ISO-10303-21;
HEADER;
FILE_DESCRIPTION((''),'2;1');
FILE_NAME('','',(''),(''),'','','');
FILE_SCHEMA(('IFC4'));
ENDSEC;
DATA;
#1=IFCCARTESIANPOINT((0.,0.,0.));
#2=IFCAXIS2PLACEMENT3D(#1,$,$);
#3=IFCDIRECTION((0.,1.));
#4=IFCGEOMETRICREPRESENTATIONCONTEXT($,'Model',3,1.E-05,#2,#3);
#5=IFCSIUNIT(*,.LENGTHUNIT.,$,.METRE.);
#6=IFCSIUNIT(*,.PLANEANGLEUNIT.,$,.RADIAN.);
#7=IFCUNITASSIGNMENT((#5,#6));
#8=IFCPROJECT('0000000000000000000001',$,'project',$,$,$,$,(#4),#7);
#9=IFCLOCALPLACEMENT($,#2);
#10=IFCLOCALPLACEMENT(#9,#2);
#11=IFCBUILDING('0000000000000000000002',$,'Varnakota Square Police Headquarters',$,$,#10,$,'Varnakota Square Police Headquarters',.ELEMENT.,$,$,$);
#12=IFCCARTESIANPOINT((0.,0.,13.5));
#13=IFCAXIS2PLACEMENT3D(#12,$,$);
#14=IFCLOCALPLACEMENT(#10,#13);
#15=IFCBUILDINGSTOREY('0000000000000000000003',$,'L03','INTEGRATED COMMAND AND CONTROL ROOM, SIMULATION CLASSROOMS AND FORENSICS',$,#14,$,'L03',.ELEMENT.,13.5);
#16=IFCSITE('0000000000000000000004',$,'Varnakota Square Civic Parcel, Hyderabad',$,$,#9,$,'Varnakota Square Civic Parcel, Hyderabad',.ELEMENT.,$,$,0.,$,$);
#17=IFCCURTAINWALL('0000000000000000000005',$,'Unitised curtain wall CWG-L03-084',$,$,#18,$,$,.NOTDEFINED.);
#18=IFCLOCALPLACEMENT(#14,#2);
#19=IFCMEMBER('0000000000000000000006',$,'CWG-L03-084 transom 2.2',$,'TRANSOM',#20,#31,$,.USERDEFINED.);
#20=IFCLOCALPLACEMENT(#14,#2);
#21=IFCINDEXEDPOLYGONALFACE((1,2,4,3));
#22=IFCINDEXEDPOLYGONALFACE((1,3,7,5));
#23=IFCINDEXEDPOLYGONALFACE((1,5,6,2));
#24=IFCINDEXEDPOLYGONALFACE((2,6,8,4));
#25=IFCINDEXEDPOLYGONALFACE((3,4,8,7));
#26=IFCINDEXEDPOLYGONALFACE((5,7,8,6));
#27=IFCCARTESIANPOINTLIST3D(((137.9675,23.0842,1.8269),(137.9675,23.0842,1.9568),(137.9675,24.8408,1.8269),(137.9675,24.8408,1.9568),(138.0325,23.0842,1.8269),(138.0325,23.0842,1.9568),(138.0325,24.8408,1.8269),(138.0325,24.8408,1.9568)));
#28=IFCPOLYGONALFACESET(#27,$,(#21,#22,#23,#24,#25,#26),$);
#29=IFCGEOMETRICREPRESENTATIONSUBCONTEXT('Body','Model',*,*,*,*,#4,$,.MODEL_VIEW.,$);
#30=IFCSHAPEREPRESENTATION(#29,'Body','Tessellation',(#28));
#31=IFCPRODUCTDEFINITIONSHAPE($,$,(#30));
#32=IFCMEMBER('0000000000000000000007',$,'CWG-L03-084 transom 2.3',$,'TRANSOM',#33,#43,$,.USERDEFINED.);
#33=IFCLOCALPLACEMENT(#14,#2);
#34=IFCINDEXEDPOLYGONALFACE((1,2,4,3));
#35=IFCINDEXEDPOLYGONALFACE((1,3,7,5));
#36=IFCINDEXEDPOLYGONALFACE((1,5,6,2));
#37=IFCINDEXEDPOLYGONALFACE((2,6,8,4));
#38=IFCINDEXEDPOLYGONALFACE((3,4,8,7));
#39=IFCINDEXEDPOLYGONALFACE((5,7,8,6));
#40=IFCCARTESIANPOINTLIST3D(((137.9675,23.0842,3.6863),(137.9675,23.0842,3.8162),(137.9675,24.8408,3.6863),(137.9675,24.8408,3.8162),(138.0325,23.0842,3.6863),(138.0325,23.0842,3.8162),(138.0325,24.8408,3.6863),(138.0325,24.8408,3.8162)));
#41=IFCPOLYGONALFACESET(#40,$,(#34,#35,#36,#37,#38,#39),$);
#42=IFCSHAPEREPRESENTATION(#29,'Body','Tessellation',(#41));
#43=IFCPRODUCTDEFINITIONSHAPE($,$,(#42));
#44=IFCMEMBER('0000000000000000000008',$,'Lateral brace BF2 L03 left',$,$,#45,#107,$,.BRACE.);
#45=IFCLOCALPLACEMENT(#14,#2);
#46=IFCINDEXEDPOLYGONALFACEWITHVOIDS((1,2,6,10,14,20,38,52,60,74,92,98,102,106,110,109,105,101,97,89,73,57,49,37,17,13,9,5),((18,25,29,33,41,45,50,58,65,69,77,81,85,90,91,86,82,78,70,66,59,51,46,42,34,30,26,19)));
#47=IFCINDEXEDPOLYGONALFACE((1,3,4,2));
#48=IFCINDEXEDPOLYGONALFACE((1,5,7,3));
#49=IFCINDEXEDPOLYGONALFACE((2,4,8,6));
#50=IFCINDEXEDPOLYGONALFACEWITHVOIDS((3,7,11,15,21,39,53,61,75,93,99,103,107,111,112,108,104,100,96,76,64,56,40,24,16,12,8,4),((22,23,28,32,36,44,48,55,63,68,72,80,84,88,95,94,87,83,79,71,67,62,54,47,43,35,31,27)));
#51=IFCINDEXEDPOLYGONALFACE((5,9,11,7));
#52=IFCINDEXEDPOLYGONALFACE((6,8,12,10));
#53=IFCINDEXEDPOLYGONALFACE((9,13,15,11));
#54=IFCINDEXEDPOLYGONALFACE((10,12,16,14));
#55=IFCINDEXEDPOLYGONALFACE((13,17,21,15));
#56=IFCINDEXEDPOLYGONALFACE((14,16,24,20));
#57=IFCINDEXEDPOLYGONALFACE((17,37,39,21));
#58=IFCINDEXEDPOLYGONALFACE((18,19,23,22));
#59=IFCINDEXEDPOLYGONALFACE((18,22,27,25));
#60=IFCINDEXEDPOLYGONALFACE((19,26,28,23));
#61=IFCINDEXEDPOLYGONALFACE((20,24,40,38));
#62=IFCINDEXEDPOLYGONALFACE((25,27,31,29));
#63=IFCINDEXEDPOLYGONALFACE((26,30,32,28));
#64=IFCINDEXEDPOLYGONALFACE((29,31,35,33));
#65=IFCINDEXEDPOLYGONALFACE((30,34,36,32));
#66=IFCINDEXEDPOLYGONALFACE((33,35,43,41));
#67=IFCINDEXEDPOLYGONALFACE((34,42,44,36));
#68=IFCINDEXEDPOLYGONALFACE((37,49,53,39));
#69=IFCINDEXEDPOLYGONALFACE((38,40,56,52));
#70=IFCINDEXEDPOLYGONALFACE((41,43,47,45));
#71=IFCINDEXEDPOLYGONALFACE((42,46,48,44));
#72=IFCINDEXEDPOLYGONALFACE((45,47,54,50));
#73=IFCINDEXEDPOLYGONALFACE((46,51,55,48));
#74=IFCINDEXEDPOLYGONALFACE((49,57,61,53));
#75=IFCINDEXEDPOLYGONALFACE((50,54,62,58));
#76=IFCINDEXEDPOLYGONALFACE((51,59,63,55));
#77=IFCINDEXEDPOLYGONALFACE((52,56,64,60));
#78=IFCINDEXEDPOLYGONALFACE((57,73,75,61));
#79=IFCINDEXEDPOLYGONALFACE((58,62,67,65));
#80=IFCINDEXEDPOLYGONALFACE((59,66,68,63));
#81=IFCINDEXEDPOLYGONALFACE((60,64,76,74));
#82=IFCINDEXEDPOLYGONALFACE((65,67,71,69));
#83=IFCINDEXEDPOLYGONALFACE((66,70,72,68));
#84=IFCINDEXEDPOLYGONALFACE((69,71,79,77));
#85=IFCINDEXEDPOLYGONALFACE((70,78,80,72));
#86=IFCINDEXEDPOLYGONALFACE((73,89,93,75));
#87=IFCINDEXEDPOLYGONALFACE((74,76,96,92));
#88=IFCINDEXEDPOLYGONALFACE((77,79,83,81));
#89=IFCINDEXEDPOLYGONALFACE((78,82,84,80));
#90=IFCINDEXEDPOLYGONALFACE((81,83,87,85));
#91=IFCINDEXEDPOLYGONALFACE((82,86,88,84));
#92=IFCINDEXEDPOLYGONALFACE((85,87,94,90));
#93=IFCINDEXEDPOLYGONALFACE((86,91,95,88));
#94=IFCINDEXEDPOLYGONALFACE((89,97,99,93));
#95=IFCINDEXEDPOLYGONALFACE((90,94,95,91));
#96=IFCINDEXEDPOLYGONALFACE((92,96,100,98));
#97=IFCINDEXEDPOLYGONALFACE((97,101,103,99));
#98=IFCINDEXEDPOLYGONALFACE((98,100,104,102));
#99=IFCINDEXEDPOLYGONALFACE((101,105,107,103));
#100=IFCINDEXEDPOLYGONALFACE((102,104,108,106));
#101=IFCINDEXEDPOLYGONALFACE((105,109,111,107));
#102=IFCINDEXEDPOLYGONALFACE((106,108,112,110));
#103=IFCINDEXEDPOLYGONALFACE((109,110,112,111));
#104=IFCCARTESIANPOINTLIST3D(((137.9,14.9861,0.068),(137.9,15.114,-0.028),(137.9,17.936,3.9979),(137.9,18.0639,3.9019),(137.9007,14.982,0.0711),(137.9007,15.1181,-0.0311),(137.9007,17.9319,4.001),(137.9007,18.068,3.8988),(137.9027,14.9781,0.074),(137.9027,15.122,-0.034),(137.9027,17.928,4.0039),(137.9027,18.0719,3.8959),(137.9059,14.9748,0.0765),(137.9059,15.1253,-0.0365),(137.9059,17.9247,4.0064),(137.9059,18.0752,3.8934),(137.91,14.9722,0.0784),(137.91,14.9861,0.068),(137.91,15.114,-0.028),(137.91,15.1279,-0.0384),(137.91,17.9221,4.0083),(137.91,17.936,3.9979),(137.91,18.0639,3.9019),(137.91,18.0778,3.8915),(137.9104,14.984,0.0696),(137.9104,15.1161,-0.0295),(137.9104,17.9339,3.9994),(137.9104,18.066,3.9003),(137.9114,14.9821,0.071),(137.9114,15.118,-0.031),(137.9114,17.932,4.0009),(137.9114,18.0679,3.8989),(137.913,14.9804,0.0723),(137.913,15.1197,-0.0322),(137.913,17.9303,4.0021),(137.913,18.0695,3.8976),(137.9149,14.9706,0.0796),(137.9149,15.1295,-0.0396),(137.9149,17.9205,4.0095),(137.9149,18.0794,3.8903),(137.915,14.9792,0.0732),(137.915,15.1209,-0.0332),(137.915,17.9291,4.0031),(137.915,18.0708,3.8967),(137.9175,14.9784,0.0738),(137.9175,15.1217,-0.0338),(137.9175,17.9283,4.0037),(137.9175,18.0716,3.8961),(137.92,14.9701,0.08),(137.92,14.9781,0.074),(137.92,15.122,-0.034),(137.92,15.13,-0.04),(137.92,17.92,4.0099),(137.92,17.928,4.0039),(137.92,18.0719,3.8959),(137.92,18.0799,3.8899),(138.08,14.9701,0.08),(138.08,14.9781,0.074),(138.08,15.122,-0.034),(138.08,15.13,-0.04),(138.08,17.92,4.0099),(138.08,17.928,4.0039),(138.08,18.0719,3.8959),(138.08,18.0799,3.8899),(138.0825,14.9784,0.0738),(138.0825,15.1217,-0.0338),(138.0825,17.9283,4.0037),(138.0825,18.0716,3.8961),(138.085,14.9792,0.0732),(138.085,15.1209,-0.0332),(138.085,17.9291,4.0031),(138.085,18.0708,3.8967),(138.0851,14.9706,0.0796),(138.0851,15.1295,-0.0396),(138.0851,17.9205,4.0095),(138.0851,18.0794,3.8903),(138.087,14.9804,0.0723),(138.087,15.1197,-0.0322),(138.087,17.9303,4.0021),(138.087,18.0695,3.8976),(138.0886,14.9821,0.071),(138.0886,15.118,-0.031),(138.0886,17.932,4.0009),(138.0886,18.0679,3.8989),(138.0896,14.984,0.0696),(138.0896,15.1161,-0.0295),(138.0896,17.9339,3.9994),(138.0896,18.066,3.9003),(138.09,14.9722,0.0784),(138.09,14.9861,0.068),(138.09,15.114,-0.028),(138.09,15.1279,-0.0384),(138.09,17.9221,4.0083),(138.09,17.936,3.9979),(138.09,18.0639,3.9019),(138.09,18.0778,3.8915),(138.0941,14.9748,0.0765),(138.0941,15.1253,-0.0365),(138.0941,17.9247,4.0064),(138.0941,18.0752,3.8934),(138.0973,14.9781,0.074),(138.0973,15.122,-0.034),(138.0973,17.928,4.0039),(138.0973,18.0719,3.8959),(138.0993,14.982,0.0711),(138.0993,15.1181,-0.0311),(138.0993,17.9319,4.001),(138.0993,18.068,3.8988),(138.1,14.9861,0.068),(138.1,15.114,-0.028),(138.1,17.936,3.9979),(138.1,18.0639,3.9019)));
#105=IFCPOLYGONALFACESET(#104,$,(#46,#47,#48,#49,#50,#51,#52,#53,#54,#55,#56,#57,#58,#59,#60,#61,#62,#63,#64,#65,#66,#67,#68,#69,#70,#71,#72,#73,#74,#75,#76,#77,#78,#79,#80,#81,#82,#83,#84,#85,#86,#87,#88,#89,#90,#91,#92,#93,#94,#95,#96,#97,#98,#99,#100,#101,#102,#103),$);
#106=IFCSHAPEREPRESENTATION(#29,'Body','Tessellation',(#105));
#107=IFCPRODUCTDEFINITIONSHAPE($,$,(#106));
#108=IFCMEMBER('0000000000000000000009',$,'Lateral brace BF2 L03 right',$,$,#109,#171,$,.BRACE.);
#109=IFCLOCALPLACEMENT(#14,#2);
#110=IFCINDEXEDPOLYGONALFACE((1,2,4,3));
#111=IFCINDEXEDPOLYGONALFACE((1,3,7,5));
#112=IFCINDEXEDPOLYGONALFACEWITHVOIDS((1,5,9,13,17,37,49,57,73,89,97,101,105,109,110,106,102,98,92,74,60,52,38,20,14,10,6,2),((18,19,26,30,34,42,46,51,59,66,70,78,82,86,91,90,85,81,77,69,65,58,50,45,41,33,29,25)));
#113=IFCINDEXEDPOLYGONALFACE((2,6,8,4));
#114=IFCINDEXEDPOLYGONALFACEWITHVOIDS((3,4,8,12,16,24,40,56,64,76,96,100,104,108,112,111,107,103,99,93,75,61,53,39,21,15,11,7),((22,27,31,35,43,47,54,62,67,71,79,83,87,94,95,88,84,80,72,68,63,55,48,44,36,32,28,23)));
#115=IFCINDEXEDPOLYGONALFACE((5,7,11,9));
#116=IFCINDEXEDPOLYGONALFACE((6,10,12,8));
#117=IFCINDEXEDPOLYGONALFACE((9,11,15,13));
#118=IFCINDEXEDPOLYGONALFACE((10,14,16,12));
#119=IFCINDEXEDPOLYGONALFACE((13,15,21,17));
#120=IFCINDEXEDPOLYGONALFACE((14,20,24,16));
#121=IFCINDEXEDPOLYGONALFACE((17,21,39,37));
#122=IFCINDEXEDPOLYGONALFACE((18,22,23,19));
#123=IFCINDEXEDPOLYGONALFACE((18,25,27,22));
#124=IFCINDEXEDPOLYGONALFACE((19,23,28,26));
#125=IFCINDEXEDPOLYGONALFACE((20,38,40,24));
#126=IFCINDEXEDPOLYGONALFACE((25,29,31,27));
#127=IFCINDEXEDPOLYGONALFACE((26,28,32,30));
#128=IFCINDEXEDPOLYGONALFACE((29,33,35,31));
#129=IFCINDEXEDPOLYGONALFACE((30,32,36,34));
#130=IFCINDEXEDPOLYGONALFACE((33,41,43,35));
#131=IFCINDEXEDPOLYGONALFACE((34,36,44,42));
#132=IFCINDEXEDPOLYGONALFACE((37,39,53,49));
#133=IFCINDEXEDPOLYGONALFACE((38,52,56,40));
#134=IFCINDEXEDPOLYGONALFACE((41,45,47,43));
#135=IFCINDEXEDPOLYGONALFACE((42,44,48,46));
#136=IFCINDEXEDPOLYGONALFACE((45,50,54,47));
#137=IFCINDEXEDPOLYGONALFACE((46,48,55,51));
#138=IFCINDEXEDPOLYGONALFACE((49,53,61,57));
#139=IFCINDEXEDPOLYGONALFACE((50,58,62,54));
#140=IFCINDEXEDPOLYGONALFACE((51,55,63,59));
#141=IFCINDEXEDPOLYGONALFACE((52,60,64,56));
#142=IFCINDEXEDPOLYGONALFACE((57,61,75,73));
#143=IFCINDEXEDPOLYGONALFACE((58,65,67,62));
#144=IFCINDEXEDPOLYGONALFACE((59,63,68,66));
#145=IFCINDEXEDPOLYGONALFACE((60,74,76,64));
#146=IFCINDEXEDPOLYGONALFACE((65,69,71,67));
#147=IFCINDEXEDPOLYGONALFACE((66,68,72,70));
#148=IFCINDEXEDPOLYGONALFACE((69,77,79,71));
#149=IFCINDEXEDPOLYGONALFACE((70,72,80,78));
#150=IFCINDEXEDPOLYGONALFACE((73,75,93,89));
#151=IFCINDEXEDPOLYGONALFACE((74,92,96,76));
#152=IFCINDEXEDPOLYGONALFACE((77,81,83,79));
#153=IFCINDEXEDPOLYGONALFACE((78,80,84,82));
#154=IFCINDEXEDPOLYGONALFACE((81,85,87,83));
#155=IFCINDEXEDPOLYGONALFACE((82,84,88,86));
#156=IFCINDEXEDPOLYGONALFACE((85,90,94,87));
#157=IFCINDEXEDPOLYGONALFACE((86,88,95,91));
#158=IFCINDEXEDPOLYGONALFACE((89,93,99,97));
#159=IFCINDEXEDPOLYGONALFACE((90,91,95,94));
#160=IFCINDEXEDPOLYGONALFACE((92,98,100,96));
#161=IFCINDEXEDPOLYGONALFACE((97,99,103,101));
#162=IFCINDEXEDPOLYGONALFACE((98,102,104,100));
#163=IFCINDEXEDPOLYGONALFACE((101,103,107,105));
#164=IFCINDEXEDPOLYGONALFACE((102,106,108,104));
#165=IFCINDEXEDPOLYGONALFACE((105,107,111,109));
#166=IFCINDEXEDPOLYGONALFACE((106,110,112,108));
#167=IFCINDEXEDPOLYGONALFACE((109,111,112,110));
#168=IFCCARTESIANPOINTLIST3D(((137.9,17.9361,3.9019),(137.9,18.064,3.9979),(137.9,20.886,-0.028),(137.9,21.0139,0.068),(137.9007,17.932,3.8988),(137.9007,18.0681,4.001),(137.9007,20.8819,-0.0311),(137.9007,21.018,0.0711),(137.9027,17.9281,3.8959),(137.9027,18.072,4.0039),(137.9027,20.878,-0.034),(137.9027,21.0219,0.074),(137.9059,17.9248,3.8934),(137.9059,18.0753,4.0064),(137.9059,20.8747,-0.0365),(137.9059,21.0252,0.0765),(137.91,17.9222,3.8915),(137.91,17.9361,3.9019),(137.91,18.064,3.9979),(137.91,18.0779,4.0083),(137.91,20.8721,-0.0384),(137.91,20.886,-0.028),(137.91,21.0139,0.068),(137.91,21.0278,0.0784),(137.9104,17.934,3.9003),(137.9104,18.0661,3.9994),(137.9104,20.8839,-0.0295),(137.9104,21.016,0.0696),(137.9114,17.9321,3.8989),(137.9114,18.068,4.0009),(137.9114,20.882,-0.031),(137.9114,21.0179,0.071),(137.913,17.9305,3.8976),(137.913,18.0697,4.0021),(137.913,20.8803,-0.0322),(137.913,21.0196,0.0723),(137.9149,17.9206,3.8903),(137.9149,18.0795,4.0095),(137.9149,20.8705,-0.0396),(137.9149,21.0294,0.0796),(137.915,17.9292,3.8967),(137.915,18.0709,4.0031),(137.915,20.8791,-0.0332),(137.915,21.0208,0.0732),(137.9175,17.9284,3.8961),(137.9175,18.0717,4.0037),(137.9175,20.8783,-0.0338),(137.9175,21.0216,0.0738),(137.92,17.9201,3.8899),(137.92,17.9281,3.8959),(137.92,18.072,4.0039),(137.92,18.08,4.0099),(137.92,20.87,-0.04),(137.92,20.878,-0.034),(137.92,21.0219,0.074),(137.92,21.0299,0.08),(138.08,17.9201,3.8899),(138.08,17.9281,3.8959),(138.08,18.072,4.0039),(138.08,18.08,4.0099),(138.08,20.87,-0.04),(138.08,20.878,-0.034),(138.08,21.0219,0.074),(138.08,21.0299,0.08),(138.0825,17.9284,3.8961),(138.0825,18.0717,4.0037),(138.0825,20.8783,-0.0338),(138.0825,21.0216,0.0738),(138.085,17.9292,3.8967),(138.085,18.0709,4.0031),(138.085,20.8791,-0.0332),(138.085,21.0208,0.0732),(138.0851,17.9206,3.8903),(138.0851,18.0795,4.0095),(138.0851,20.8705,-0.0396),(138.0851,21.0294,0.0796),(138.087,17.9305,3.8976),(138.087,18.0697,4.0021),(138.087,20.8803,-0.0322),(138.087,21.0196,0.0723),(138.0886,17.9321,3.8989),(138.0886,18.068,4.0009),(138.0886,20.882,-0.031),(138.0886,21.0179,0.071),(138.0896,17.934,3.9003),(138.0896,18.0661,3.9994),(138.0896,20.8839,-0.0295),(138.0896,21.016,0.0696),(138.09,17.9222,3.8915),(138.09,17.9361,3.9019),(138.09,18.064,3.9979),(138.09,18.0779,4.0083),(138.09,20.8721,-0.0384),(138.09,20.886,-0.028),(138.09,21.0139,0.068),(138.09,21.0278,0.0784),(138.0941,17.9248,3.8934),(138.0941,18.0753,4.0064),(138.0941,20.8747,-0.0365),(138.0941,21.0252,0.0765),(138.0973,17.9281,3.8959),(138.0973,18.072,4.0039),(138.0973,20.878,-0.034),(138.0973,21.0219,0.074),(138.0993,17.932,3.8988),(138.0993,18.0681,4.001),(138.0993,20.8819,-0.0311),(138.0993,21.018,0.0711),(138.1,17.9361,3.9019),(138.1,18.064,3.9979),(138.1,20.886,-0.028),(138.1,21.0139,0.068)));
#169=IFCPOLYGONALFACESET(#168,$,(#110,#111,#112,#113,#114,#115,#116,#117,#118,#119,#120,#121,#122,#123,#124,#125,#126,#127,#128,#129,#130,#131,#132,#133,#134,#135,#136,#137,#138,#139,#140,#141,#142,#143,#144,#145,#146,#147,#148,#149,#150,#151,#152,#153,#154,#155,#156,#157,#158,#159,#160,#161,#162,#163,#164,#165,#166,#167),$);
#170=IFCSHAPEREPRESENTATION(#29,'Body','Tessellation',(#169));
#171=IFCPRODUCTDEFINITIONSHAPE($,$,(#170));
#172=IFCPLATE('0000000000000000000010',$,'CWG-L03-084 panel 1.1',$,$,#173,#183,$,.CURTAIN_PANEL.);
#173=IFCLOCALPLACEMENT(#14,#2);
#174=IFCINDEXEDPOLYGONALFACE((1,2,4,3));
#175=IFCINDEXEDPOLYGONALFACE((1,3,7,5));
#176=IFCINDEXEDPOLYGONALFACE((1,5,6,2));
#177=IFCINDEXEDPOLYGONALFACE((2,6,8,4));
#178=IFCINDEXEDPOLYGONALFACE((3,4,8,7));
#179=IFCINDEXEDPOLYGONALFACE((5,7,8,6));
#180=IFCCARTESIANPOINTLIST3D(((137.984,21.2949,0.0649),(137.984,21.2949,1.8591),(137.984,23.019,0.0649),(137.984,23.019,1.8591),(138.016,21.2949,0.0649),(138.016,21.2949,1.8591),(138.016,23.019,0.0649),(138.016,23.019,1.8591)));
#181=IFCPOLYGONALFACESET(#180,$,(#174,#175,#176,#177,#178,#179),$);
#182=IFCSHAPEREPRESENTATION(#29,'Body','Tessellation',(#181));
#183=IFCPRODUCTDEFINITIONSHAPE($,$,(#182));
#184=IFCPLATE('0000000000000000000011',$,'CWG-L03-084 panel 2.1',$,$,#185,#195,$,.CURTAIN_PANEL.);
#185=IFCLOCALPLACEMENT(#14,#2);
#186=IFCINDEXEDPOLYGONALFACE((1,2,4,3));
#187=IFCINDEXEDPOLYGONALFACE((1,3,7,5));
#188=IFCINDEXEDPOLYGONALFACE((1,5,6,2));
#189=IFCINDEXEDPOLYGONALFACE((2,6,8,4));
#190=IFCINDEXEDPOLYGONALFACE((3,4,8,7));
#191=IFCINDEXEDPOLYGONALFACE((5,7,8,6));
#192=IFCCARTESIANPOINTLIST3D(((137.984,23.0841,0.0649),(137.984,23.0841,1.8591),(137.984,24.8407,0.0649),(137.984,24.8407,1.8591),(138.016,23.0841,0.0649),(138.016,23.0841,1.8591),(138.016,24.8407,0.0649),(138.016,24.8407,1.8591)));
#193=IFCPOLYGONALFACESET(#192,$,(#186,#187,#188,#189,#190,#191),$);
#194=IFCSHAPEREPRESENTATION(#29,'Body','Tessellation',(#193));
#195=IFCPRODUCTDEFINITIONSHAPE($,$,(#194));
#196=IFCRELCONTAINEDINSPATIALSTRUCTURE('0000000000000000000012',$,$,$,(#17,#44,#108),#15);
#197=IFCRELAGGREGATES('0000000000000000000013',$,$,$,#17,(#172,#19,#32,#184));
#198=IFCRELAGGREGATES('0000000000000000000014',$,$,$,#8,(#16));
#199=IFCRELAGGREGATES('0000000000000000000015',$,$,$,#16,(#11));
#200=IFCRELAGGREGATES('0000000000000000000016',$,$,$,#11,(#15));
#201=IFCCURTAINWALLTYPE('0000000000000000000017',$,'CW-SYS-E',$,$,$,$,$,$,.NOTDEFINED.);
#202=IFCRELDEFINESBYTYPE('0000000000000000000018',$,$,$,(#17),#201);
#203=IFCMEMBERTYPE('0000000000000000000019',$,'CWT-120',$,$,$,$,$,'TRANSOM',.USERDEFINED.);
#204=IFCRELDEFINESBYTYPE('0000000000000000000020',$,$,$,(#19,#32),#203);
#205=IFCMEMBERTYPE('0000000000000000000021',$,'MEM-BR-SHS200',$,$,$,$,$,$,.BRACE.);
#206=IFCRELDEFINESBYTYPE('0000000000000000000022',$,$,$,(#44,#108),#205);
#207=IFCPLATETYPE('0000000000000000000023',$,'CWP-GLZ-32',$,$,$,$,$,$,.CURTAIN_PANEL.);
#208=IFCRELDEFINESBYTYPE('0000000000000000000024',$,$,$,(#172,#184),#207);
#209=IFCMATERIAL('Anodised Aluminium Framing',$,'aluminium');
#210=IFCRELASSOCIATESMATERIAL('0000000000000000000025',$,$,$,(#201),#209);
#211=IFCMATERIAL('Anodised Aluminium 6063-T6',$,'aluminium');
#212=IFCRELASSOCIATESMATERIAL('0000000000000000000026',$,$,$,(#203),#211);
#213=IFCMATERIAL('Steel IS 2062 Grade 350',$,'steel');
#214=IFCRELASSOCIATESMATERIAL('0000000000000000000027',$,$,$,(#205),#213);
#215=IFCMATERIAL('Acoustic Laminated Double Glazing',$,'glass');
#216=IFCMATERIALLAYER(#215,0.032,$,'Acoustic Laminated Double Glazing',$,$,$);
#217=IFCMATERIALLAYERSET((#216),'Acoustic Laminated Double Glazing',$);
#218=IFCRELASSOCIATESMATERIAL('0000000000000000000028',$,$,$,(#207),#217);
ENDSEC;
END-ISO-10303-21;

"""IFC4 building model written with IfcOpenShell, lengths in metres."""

from ifc_helpers import new_model, si_unit, direction, frame, origin, origin_2d, place, context, subcontext, project, spatial, rectangle, hollow_rectangle, extrude, material, layer, layer_set, material_profile, profile_set, type_object, element, aggregate, save


model = new_model("IFC4")

# Units and contexts
model_context = context("Model", 3, precision=1e-05, world=origin(), true_north=direction((0.0, 1.0)))
body_context = subcontext(model_context, "Body", "Model", "MODEL_VIEW")
ifc_project = project(units=[si_unit("LENGTHUNIT", "METRE"), si_unit("PLANEANGLEUNIT", "RADIAN")], contexts=[model_context])

# Site, building, storey
site_placement = place(None, origin())
site = spatial("IfcSite", under=ifc_project, at=site_placement, Name="Varnakota Square Civic Parcel, Hyderabad", LongName="Varnakota Square Civic Parcel, Hyderabad", CompositionType="ELEMENT", RefElevation=0.0)
building_placement = place(site_placement, origin())
building = spatial("IfcBuilding", under=site, at=building_placement, Name="Varnakota Square Police Headquarters", LongName="Varnakota Square Police Headquarters", CompositionType="ELEMENT")
storey_placement = place(building_placement, frame((0.0, 0.0, 13.5)))
storey = spatial("IfcBuildingStorey", under=building, at=storey_placement, Name="L03", Description="INTEGRATED COMMAND AND CONTROL ROOM, SIMULATION CLASSROOMS AND FORENSICS", LongName="L03", CompositionType="ELEMENT", Elevation=13.5)

# Shared definitions
ifc_material_1 = material(Name="Steel IS 2062 Grade 350", Category="steel")

# Curtain wall, members
ifc_material_2 = material(Name="Anodised Aluminium Framing", Category="aluminium")
curtain_wall_type = type_object("IfcCurtainWallType", Name="CW-SYS-E", PredefinedType="NOTDEFINED", material=ifc_material_2)
curtain_wall_placement = place(storey_placement, origin())
curtain_wall = element("IfcCurtainWall", 1, at=curtain_wall_placement, inside=storey, type_object=curtain_wall_type, Name="Unitised curtain wall CWG-L03-084", PredefinedType="NOTDEFINED")
ifc_material_3 = material(Name="Anodised Aluminium 6063-T6", Category="aluminium")
ifc_material_profile_1 = material_profile(ifc_material_3, rectangle(XDim=0.0649, YDim=0.1299, at=origin_2d()), Name="ALU TRANSOM 65x130")
ifc_profile_set_1 = profile_set([ifc_material_profile_1], Name="Anodised Aluminium 6063-T6")
member_type_1 = type_object("IfcMemberType", Name="CWT-120", ElementType="TRANSOM", PredefinedType="USERDEFINED", material=ifc_profile_set_1)
member_1_placement = place(storey_placement, frame((138.0, 23.0842, 1.8918), z_axis=(0.0, 1.0, 0.0), x_axis=(-1.0, 0.0, 0.0)))
member_1 = element("IfcMember", 2, at=member_1_placement, type_object=member_type_1, Name="CWG-L03-084 transom 2.2", ObjectType="TRANSOM", PredefinedType="USERDEFINED", context=body_context, shape_type="SweptSolid", body=[
    extrude(rectangle(XDim=0.0649, YDim=0.1299, at=origin_2d()), origin(), (0.0, 0.0, 1.0), 1.7566),
])
member_2_placement = place(storey_placement, frame((138.0, 23.0842, 3.7512), z_axis=(0.0, 1.0, 0.0), x_axis=(-1.0, 0.0, 0.0)))
member_2 = element("IfcMember", 3, at=member_2_placement, type_object=member_type_1, Name="CWG-L03-084 transom 2.3", ObjectType="TRANSOM", PredefinedType="USERDEFINED", context=body_context, shape_type="SweptSolid", body=[
    extrude(rectangle(XDim=0.0649, YDim=0.1299, at=origin_2d()), origin(), (0.0, 0.0, 1.0), 1.7566),
])

# Members
ifc_material_profile_2 = material_profile(ifc_material_1, hollow_rectangle(XDim=0.2, YDim=0.2, WallThickness=0.01, InnerFilletRadius=0.01, OuterFilletRadius=0.02, at=origin_2d()), Name="SHS 200x200x10")
ifc_profile_set_2 = profile_set([ifc_material_profile_2], Name="Steel IS 2062 Grade 350")
member_type_2 = type_object("IfcMemberType", Name="MEM-BR-SHS200", PredefinedType="BRACE", material=ifc_profile_set_2)
for number, where, z_axis, x_axis, name in (
    (4, (138.0, 15.05, 0.02), (0.0, 0.600326, 0.799755), (-1.0, 0.0, 0.0), "Lateral brace BF2 L03 left"),
    (5, (138.0, 20.95, 0.02), (0.0, -0.600326, 0.799755), (1.0, 0.0, 0.0), "Lateral brace BF2 L03 right"),
):
    element("IfcMember", number, at=place(storey_placement, frame(where, z_axis=z_axis, x_axis=x_axis)), inside=storey, type_object=member_type_2, Name=name, PredefinedType="BRACE", context=body_context, shape_type="SweptSolid", body=[
        extrude(hollow_rectangle(XDim=0.2, YDim=0.2, WallThickness=0.01, InnerFilletRadius=0.01, OuterFilletRadius=0.02, at=origin_2d()), origin(), (0.0, 0.0, 1.0), 4.9138),
    ])

# Plates
ifc_material_4 = material(Name="Acoustic Laminated Double Glazing", Category="glass")
ifc_layer_1 = layer(ifc_material_4, 0.032, Name="Acoustic Laminated Double Glazing")
ifc_layer_set_1 = layer_set([ifc_layer_1], Name="Acoustic Laminated Double Glazing")
plate_type_1 = type_object("IfcPlateType", Name="CWP-GLZ-32", PredefinedType="CURTAIN_PANEL", material=ifc_layer_set_1)
plate_1_placement = place(storey_placement, frame((138.0, 22.157, 0.0649), z_axis=(0.0, 0.0, 1.0), x_axis=(0.0, 1.0, 0.0)))
plate_1 = element("IfcPlate", 6, at=plate_1_placement, type_object=plate_type_1, Name="CWG-L03-084 panel 1.1", PredefinedType="CURTAIN_PANEL", context=body_context, shape_type="SweptSolid", body=[
    extrude(rectangle(XDim=1.7241, YDim=0.032, at=origin_2d()), origin(), (0.0, 0.0, 1.0), 1.7942),
])
plate_2_placement = place(storey_placement, frame((138.0, 23.9624, 0.0649), z_axis=(0.0, 0.0, 1.0), x_axis=(0.0, 1.0, 0.0)))
plate_2 = element("IfcPlate", 7, at=plate_2_placement, type_object=plate_type_1, Name="CWG-L03-084 panel 2.1", PredefinedType="CURTAIN_PANEL", context=body_context, shape_type="SweptSolid", body=[
    extrude(rectangle(XDim=1.7566, YDim=0.032, at=origin_2d()), origin(), (0.0, 0.0, 1.0), 1.7942),
])
aggregate(curtain_wall, [plate_1, member_1, member_2, plate_2])

save(model, "model.ifc")
